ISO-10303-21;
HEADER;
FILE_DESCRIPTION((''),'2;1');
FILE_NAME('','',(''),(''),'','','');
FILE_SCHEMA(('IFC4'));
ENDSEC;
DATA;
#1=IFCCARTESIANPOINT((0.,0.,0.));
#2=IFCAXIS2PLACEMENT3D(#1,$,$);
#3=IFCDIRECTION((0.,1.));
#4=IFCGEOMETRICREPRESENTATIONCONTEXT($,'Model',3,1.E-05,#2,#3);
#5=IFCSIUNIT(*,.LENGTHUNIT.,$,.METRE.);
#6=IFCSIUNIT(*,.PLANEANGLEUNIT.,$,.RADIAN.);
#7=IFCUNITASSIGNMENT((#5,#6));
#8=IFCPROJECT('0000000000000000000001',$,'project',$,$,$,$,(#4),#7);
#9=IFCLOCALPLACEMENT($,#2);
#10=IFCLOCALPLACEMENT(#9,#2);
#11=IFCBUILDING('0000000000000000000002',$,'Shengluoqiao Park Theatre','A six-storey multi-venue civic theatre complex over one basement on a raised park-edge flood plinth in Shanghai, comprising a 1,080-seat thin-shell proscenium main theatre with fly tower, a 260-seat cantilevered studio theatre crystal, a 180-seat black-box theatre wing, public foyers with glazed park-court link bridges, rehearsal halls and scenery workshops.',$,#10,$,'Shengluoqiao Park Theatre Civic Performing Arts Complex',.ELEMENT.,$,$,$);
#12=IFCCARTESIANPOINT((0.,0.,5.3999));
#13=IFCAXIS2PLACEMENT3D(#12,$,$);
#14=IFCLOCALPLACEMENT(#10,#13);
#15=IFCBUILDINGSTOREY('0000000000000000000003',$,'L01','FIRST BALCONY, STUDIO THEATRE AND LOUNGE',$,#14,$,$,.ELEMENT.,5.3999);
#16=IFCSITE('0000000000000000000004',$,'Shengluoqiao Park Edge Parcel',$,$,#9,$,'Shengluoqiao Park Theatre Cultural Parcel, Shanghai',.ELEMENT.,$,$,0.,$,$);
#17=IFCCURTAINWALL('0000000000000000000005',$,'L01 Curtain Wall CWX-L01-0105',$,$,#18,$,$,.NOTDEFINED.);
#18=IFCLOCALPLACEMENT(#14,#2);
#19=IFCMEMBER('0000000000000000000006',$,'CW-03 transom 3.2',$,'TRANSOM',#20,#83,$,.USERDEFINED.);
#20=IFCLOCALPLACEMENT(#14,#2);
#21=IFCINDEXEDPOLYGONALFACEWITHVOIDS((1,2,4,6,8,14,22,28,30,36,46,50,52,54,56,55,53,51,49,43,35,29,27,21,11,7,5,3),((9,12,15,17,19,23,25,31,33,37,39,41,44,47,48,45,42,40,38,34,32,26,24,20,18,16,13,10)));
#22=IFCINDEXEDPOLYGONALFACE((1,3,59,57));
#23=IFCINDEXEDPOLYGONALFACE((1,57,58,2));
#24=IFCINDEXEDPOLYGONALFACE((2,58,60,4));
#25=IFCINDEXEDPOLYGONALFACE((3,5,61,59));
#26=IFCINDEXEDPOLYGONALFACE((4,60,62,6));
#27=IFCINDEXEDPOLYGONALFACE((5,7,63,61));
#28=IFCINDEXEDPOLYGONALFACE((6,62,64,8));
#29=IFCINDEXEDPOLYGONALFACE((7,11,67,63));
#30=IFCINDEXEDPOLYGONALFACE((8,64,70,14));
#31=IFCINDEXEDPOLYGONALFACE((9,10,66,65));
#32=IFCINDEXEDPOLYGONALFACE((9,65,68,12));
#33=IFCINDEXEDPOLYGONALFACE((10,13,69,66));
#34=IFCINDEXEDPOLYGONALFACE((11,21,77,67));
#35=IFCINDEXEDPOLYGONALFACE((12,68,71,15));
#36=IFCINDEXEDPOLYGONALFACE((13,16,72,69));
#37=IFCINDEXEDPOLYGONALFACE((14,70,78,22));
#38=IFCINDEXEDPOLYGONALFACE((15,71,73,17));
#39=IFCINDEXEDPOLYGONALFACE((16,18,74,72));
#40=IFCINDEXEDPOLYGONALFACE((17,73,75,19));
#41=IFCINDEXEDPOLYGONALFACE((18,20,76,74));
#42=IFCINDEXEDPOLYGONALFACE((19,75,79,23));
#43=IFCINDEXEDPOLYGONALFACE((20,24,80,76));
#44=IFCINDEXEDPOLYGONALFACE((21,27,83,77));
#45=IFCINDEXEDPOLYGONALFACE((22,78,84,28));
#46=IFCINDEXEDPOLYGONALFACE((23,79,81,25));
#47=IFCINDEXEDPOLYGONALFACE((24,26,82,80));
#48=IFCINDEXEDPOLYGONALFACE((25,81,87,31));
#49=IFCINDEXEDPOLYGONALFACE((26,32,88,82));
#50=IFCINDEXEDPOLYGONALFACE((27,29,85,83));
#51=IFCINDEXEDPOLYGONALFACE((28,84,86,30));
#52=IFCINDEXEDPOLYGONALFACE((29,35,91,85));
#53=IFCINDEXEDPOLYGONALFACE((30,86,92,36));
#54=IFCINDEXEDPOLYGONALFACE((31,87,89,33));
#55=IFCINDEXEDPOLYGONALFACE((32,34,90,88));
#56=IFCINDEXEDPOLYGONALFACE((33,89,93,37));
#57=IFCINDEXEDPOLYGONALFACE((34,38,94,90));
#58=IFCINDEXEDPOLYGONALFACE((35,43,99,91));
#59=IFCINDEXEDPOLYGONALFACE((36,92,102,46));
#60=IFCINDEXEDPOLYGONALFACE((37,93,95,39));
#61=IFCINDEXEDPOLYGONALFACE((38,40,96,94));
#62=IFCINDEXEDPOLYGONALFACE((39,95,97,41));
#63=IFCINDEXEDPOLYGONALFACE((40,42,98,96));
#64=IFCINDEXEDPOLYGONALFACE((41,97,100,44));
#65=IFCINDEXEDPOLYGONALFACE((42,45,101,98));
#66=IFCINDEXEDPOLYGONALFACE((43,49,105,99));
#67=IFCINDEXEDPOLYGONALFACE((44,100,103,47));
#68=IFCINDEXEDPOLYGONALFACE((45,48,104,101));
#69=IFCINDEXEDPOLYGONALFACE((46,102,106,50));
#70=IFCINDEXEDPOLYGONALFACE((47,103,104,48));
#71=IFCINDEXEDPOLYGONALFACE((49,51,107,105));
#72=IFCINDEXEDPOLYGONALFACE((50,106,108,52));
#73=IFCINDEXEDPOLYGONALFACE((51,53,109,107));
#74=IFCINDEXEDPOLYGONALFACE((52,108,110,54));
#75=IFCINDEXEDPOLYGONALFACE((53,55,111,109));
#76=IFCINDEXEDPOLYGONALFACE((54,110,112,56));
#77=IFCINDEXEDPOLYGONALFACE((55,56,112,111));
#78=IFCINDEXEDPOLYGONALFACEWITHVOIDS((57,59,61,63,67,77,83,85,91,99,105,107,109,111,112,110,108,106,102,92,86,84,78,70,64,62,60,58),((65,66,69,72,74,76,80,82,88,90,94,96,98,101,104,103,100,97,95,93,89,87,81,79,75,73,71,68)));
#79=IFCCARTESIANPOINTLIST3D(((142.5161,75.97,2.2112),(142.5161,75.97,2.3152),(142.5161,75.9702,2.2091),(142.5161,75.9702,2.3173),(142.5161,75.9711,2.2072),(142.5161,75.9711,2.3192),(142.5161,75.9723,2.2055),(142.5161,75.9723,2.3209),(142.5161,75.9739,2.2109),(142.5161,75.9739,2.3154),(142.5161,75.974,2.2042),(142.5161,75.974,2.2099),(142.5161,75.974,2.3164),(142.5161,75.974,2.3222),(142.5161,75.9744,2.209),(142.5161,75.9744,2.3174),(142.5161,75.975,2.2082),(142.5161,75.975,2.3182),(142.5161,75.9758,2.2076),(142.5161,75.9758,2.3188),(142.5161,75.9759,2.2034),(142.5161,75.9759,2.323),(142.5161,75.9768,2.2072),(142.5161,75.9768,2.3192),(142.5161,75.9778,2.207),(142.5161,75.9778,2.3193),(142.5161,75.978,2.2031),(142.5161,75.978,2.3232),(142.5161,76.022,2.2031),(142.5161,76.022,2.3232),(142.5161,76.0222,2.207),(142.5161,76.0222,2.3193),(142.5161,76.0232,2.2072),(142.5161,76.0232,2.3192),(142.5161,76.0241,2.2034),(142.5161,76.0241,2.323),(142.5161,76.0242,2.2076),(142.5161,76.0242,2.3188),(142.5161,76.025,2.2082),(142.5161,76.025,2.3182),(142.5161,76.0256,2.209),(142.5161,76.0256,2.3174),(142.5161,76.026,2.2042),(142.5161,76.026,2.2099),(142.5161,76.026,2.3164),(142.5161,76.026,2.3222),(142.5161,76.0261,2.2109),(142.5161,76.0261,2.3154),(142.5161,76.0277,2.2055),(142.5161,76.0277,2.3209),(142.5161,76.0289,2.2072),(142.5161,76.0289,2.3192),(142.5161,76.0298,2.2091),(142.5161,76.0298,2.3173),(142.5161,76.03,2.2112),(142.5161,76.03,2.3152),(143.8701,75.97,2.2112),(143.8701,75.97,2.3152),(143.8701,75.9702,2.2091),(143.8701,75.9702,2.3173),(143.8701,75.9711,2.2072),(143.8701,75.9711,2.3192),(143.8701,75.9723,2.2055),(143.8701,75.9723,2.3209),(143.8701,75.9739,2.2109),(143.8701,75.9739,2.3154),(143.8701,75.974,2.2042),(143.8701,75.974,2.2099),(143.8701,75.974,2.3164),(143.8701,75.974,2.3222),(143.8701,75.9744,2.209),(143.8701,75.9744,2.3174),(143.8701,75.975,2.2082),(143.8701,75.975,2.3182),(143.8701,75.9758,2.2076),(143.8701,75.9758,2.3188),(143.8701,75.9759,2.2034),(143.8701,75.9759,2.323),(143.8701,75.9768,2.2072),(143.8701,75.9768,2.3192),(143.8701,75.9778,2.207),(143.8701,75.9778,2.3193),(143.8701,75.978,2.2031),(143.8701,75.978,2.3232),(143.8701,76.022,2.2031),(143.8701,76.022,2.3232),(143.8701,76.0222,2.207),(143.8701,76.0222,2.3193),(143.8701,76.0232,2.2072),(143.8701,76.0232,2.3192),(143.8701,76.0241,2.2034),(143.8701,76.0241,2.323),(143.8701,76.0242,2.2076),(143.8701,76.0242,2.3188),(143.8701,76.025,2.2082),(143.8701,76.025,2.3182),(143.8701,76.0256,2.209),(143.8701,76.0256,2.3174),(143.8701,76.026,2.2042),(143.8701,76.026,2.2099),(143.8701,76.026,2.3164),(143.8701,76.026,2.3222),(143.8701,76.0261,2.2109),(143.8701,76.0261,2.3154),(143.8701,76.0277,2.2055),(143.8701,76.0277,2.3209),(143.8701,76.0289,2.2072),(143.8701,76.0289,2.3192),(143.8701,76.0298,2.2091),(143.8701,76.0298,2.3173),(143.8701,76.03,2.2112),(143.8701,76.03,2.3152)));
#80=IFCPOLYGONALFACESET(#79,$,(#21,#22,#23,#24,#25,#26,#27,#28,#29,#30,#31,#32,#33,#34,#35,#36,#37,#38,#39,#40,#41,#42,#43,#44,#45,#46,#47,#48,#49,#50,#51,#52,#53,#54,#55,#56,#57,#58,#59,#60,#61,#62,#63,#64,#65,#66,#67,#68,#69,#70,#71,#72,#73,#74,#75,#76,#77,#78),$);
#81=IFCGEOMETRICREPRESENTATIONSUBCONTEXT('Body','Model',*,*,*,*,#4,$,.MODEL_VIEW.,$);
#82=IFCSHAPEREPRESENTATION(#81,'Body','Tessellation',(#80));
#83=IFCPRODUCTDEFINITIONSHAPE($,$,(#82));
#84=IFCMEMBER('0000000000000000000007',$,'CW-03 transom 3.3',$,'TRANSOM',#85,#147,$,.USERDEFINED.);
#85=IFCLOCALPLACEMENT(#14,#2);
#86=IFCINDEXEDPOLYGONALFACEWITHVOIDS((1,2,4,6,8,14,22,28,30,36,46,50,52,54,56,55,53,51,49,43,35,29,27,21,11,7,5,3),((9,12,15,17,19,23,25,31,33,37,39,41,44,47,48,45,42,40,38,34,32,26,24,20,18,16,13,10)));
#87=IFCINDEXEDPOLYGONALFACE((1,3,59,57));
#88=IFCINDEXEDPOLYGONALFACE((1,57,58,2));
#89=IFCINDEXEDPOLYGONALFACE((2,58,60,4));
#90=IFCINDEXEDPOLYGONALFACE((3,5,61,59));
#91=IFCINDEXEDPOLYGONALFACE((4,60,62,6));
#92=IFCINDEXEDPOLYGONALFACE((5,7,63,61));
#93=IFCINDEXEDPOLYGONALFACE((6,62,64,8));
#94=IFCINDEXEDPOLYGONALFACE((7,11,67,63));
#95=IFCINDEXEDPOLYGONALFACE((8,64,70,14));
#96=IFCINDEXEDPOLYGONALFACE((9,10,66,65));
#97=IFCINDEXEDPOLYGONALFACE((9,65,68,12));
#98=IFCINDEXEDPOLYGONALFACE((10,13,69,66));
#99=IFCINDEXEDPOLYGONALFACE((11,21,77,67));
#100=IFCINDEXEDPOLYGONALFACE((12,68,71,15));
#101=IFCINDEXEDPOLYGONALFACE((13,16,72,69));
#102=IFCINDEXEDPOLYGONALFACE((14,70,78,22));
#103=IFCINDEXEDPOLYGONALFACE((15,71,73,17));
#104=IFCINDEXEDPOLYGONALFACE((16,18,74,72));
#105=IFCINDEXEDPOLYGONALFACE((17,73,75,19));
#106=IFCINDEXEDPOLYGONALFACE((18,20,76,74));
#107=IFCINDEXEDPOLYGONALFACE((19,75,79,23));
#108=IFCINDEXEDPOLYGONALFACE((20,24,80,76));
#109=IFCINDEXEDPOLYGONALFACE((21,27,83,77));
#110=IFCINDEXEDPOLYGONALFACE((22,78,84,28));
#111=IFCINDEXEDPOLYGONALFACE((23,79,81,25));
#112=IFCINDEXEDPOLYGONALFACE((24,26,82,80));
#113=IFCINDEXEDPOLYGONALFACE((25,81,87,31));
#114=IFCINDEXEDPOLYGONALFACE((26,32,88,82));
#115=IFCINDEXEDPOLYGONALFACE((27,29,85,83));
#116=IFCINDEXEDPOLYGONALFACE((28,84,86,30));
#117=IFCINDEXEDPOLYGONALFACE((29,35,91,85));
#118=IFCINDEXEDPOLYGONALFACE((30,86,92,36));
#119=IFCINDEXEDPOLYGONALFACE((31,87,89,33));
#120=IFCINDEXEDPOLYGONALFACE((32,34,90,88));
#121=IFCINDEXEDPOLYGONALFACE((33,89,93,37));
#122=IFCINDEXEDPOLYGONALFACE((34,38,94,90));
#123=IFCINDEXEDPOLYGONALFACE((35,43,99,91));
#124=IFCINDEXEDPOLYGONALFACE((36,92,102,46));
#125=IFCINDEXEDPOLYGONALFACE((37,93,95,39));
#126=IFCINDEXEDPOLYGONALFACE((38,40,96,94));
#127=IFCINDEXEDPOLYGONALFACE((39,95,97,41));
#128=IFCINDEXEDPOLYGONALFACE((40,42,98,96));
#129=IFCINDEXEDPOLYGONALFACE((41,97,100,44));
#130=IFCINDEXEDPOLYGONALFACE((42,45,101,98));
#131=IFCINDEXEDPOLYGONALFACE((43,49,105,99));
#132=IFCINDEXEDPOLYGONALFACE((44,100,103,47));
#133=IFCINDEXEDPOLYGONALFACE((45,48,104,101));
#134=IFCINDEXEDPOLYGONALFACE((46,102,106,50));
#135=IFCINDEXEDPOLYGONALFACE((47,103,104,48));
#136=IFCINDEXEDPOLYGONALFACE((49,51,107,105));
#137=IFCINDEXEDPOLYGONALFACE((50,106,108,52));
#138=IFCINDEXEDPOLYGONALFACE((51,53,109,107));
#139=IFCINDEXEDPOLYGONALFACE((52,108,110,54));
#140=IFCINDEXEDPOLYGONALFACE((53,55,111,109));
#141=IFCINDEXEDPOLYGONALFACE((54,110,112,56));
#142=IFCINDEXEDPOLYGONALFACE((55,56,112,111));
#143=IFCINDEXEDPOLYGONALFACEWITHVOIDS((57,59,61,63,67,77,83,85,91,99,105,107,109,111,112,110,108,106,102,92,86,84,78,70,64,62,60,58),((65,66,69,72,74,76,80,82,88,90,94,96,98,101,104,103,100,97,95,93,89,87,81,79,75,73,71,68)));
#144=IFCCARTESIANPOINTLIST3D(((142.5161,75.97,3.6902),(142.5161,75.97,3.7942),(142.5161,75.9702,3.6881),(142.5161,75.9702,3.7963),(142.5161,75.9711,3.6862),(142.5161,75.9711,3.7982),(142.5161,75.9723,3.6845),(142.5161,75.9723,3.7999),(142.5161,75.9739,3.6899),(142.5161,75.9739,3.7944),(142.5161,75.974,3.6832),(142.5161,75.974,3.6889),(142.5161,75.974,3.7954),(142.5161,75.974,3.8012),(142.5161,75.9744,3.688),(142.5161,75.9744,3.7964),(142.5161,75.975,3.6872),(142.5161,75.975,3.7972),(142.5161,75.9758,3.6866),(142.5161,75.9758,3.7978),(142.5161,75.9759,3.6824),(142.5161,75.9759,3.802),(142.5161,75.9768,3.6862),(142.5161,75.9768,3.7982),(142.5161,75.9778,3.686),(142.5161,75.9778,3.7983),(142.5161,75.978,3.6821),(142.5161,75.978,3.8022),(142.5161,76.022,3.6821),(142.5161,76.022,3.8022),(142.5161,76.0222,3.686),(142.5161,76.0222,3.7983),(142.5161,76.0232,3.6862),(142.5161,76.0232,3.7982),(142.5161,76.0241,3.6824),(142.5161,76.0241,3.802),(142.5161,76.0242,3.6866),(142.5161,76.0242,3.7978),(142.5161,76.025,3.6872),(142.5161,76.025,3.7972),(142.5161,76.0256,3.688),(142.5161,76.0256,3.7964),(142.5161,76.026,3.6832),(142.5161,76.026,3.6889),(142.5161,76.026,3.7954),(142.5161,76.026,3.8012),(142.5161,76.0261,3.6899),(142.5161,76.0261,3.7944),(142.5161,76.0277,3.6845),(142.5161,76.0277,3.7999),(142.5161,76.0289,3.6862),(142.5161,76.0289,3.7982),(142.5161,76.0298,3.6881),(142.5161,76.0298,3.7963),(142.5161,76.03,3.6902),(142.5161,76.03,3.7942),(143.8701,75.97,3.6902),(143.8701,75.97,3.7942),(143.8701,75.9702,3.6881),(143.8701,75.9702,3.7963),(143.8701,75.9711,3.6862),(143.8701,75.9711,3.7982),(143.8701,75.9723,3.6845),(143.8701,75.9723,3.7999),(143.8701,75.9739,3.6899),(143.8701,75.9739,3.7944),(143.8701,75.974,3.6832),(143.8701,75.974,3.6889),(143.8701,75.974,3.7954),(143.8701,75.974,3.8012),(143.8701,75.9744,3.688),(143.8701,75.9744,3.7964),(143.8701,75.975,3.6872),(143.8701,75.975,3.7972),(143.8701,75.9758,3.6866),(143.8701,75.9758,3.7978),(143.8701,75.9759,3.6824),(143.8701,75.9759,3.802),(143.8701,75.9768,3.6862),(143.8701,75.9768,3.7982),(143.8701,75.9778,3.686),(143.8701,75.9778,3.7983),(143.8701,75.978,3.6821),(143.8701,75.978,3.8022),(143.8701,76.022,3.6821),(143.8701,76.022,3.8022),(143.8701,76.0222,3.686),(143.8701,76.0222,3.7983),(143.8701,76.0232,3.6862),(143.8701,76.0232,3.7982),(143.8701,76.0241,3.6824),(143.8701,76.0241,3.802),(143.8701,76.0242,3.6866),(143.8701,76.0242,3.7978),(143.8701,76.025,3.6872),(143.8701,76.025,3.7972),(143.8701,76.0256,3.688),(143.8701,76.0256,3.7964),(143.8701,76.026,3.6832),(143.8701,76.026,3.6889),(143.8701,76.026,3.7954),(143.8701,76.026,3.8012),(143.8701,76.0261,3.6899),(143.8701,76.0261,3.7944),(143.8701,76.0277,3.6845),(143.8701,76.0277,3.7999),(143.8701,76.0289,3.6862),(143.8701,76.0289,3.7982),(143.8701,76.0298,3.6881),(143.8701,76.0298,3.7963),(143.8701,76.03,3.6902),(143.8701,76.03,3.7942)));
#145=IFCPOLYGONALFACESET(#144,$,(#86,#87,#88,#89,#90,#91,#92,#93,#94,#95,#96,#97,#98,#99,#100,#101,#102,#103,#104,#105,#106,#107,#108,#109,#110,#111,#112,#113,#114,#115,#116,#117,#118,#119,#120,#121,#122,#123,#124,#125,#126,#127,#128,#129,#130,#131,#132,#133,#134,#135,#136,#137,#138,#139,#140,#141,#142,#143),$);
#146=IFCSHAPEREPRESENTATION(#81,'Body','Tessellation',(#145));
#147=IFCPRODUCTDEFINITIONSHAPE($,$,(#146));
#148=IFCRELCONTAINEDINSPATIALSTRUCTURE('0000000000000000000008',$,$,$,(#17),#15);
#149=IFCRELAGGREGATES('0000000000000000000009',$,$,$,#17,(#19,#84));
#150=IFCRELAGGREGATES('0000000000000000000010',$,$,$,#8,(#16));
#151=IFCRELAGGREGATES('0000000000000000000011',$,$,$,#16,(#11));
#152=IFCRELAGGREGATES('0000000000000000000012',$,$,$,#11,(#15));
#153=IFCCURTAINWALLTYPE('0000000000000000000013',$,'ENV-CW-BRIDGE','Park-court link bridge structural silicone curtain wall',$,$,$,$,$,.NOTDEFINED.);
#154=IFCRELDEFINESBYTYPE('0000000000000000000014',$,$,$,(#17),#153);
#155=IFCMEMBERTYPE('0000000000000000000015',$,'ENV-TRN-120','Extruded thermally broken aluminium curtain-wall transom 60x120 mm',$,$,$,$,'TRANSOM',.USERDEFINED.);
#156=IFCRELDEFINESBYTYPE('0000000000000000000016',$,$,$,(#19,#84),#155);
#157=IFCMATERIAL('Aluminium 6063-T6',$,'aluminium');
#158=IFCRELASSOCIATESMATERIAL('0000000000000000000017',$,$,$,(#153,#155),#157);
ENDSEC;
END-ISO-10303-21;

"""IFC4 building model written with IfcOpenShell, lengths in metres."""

from ifc_helpers import new_model, si_unit, direction, frame, origin, origin_2d, place, context, subcontext, project, spatial, hollow_rectangle, extrude, material, material_profile, profile_set, type_object, element, aggregate, save


model = new_model("IFC4")

# Units and contexts
model_context = context("Model", 3, precision=1e-05, world=origin(), true_north=direction((0.0, 1.0)))
body_context = subcontext(model_context, "Body", "Model", "MODEL_VIEW")
ifc_project = project(units=[si_unit("LENGTHUNIT", "METRE"), si_unit("PLANEANGLEUNIT", "RADIAN")], contexts=[model_context])

# Site, building, storey
site_placement = place(None, origin())
site = spatial("IfcSite", under=ifc_project, at=site_placement, Name="Shengluoqiao Park Edge Parcel", LongName="Shengluoqiao Park Theatre Cultural Parcel, Shanghai", CompositionType="ELEMENT", RefElevation=0.0)
building_placement = place(site_placement, origin())
building = spatial("IfcBuilding", under=site, at=building_placement, Name="Shengluoqiao Park Theatre", Description="A six-storey multi-venue civic theatre complex over one basement on a raised park-edge flood plinth in Shanghai, comprising a 1,080-seat thin-shell proscenium main theatre with fly tower, a 260-seat cantilevered studio theatre crystal, a 180-seat black-box theatre wing, public foyers with glazed park-court link bridges, rehearsal halls and scenery workshops.", LongName="Shengluoqiao Park Theatre Civic Performing Arts Complex", CompositionType="ELEMENT")
storey_placement = place(building_placement, frame((0.0, 0.0, 5.3999)))
storey = spatial("IfcBuildingStorey", under=building, at=storey_placement, Name="L01", Description="FIRST BALCONY, STUDIO THEATRE AND LOUNGE", CompositionType="ELEMENT", Elevation=5.3999)

# Curtain wall, members
ifc_material_1 = material(Name="Aluminium 6063-T6", Category="aluminium")
curtain_wall_type = type_object("IfcCurtainWallType", Name="ENV-CW-BRIDGE", Description="Park-court link bridge structural silicone curtain wall", PredefinedType="NOTDEFINED", material=ifc_material_1)
curtain_wall_placement = place(storey_placement, origin())
curtain_wall = element("IfcCurtainWall", 1, at=curtain_wall_placement, inside=storey, type_object=curtain_wall_type, Name="L01 Curtain Wall CWX-L01-0105", PredefinedType="NOTDEFINED")
ifc_material_profile_1 = material_profile(ifc_material_1, hollow_rectangle(XDim=0.0601, YDim=0.1201, WallThickness=0.0039, InnerFilletRadius=0.0039, OuterFilletRadius=0.0081, at=origin_2d()), Name="ALU TRANSOM 120x60x4")
ifc_profile_set_1 = profile_set([ifc_material_profile_1], Name="Aluminium 6063-T6")
member_type_1 = type_object("IfcMemberType", Name="ENV-TRN-120", Description="Extruded thermally broken aluminium curtain-wall transom 60x120 mm", ElementType="TRANSOM", PredefinedType="USERDEFINED", material=ifc_profile_set_1)
member_1_placement = place(storey_placement, frame((142.5161, 76.0, 2.2632), z_axis=(1.0, 0.0, 0.0), x_axis=(0.0, 1.0, 0.0)))
member_1 = element("IfcMember", 2, at=member_1_placement, type_object=member_type_1, Name="CW-03 transom 3.2", ObjectType="TRANSOM", PredefinedType="USERDEFINED", context=body_context, shape_type="SweptSolid", body=[
    extrude(hollow_rectangle(XDim=0.0601, YDim=0.1201, WallThickness=0.0039, InnerFilletRadius=0.0039, OuterFilletRadius=0.0081, at=origin_2d()), origin(), (0.0, 0.0, 1.0), 1.354),
])
member_2_placement = place(storey_placement, frame((142.5161, 76.0, 3.7422), z_axis=(1.0, 0.0, 0.0), x_axis=(0.0, 1.0, 0.0)))
member_2 = element("IfcMember", 3, at=member_2_placement, type_object=member_type_1, Name="CW-03 transom 3.3", ObjectType="TRANSOM", PredefinedType="USERDEFINED", context=body_context, shape_type="SweptSolid", body=[
    extrude(hollow_rectangle(XDim=0.0601, YDim=0.1201, WallThickness=0.0039, InnerFilletRadius=0.0039, OuterFilletRadius=0.0081, at=origin_2d()), origin(), (0.0, 0.0, 1.0), 1.354),
])

aggregate(curtain_wall, [member_1, member_2])

save(model, "model.ifc")
